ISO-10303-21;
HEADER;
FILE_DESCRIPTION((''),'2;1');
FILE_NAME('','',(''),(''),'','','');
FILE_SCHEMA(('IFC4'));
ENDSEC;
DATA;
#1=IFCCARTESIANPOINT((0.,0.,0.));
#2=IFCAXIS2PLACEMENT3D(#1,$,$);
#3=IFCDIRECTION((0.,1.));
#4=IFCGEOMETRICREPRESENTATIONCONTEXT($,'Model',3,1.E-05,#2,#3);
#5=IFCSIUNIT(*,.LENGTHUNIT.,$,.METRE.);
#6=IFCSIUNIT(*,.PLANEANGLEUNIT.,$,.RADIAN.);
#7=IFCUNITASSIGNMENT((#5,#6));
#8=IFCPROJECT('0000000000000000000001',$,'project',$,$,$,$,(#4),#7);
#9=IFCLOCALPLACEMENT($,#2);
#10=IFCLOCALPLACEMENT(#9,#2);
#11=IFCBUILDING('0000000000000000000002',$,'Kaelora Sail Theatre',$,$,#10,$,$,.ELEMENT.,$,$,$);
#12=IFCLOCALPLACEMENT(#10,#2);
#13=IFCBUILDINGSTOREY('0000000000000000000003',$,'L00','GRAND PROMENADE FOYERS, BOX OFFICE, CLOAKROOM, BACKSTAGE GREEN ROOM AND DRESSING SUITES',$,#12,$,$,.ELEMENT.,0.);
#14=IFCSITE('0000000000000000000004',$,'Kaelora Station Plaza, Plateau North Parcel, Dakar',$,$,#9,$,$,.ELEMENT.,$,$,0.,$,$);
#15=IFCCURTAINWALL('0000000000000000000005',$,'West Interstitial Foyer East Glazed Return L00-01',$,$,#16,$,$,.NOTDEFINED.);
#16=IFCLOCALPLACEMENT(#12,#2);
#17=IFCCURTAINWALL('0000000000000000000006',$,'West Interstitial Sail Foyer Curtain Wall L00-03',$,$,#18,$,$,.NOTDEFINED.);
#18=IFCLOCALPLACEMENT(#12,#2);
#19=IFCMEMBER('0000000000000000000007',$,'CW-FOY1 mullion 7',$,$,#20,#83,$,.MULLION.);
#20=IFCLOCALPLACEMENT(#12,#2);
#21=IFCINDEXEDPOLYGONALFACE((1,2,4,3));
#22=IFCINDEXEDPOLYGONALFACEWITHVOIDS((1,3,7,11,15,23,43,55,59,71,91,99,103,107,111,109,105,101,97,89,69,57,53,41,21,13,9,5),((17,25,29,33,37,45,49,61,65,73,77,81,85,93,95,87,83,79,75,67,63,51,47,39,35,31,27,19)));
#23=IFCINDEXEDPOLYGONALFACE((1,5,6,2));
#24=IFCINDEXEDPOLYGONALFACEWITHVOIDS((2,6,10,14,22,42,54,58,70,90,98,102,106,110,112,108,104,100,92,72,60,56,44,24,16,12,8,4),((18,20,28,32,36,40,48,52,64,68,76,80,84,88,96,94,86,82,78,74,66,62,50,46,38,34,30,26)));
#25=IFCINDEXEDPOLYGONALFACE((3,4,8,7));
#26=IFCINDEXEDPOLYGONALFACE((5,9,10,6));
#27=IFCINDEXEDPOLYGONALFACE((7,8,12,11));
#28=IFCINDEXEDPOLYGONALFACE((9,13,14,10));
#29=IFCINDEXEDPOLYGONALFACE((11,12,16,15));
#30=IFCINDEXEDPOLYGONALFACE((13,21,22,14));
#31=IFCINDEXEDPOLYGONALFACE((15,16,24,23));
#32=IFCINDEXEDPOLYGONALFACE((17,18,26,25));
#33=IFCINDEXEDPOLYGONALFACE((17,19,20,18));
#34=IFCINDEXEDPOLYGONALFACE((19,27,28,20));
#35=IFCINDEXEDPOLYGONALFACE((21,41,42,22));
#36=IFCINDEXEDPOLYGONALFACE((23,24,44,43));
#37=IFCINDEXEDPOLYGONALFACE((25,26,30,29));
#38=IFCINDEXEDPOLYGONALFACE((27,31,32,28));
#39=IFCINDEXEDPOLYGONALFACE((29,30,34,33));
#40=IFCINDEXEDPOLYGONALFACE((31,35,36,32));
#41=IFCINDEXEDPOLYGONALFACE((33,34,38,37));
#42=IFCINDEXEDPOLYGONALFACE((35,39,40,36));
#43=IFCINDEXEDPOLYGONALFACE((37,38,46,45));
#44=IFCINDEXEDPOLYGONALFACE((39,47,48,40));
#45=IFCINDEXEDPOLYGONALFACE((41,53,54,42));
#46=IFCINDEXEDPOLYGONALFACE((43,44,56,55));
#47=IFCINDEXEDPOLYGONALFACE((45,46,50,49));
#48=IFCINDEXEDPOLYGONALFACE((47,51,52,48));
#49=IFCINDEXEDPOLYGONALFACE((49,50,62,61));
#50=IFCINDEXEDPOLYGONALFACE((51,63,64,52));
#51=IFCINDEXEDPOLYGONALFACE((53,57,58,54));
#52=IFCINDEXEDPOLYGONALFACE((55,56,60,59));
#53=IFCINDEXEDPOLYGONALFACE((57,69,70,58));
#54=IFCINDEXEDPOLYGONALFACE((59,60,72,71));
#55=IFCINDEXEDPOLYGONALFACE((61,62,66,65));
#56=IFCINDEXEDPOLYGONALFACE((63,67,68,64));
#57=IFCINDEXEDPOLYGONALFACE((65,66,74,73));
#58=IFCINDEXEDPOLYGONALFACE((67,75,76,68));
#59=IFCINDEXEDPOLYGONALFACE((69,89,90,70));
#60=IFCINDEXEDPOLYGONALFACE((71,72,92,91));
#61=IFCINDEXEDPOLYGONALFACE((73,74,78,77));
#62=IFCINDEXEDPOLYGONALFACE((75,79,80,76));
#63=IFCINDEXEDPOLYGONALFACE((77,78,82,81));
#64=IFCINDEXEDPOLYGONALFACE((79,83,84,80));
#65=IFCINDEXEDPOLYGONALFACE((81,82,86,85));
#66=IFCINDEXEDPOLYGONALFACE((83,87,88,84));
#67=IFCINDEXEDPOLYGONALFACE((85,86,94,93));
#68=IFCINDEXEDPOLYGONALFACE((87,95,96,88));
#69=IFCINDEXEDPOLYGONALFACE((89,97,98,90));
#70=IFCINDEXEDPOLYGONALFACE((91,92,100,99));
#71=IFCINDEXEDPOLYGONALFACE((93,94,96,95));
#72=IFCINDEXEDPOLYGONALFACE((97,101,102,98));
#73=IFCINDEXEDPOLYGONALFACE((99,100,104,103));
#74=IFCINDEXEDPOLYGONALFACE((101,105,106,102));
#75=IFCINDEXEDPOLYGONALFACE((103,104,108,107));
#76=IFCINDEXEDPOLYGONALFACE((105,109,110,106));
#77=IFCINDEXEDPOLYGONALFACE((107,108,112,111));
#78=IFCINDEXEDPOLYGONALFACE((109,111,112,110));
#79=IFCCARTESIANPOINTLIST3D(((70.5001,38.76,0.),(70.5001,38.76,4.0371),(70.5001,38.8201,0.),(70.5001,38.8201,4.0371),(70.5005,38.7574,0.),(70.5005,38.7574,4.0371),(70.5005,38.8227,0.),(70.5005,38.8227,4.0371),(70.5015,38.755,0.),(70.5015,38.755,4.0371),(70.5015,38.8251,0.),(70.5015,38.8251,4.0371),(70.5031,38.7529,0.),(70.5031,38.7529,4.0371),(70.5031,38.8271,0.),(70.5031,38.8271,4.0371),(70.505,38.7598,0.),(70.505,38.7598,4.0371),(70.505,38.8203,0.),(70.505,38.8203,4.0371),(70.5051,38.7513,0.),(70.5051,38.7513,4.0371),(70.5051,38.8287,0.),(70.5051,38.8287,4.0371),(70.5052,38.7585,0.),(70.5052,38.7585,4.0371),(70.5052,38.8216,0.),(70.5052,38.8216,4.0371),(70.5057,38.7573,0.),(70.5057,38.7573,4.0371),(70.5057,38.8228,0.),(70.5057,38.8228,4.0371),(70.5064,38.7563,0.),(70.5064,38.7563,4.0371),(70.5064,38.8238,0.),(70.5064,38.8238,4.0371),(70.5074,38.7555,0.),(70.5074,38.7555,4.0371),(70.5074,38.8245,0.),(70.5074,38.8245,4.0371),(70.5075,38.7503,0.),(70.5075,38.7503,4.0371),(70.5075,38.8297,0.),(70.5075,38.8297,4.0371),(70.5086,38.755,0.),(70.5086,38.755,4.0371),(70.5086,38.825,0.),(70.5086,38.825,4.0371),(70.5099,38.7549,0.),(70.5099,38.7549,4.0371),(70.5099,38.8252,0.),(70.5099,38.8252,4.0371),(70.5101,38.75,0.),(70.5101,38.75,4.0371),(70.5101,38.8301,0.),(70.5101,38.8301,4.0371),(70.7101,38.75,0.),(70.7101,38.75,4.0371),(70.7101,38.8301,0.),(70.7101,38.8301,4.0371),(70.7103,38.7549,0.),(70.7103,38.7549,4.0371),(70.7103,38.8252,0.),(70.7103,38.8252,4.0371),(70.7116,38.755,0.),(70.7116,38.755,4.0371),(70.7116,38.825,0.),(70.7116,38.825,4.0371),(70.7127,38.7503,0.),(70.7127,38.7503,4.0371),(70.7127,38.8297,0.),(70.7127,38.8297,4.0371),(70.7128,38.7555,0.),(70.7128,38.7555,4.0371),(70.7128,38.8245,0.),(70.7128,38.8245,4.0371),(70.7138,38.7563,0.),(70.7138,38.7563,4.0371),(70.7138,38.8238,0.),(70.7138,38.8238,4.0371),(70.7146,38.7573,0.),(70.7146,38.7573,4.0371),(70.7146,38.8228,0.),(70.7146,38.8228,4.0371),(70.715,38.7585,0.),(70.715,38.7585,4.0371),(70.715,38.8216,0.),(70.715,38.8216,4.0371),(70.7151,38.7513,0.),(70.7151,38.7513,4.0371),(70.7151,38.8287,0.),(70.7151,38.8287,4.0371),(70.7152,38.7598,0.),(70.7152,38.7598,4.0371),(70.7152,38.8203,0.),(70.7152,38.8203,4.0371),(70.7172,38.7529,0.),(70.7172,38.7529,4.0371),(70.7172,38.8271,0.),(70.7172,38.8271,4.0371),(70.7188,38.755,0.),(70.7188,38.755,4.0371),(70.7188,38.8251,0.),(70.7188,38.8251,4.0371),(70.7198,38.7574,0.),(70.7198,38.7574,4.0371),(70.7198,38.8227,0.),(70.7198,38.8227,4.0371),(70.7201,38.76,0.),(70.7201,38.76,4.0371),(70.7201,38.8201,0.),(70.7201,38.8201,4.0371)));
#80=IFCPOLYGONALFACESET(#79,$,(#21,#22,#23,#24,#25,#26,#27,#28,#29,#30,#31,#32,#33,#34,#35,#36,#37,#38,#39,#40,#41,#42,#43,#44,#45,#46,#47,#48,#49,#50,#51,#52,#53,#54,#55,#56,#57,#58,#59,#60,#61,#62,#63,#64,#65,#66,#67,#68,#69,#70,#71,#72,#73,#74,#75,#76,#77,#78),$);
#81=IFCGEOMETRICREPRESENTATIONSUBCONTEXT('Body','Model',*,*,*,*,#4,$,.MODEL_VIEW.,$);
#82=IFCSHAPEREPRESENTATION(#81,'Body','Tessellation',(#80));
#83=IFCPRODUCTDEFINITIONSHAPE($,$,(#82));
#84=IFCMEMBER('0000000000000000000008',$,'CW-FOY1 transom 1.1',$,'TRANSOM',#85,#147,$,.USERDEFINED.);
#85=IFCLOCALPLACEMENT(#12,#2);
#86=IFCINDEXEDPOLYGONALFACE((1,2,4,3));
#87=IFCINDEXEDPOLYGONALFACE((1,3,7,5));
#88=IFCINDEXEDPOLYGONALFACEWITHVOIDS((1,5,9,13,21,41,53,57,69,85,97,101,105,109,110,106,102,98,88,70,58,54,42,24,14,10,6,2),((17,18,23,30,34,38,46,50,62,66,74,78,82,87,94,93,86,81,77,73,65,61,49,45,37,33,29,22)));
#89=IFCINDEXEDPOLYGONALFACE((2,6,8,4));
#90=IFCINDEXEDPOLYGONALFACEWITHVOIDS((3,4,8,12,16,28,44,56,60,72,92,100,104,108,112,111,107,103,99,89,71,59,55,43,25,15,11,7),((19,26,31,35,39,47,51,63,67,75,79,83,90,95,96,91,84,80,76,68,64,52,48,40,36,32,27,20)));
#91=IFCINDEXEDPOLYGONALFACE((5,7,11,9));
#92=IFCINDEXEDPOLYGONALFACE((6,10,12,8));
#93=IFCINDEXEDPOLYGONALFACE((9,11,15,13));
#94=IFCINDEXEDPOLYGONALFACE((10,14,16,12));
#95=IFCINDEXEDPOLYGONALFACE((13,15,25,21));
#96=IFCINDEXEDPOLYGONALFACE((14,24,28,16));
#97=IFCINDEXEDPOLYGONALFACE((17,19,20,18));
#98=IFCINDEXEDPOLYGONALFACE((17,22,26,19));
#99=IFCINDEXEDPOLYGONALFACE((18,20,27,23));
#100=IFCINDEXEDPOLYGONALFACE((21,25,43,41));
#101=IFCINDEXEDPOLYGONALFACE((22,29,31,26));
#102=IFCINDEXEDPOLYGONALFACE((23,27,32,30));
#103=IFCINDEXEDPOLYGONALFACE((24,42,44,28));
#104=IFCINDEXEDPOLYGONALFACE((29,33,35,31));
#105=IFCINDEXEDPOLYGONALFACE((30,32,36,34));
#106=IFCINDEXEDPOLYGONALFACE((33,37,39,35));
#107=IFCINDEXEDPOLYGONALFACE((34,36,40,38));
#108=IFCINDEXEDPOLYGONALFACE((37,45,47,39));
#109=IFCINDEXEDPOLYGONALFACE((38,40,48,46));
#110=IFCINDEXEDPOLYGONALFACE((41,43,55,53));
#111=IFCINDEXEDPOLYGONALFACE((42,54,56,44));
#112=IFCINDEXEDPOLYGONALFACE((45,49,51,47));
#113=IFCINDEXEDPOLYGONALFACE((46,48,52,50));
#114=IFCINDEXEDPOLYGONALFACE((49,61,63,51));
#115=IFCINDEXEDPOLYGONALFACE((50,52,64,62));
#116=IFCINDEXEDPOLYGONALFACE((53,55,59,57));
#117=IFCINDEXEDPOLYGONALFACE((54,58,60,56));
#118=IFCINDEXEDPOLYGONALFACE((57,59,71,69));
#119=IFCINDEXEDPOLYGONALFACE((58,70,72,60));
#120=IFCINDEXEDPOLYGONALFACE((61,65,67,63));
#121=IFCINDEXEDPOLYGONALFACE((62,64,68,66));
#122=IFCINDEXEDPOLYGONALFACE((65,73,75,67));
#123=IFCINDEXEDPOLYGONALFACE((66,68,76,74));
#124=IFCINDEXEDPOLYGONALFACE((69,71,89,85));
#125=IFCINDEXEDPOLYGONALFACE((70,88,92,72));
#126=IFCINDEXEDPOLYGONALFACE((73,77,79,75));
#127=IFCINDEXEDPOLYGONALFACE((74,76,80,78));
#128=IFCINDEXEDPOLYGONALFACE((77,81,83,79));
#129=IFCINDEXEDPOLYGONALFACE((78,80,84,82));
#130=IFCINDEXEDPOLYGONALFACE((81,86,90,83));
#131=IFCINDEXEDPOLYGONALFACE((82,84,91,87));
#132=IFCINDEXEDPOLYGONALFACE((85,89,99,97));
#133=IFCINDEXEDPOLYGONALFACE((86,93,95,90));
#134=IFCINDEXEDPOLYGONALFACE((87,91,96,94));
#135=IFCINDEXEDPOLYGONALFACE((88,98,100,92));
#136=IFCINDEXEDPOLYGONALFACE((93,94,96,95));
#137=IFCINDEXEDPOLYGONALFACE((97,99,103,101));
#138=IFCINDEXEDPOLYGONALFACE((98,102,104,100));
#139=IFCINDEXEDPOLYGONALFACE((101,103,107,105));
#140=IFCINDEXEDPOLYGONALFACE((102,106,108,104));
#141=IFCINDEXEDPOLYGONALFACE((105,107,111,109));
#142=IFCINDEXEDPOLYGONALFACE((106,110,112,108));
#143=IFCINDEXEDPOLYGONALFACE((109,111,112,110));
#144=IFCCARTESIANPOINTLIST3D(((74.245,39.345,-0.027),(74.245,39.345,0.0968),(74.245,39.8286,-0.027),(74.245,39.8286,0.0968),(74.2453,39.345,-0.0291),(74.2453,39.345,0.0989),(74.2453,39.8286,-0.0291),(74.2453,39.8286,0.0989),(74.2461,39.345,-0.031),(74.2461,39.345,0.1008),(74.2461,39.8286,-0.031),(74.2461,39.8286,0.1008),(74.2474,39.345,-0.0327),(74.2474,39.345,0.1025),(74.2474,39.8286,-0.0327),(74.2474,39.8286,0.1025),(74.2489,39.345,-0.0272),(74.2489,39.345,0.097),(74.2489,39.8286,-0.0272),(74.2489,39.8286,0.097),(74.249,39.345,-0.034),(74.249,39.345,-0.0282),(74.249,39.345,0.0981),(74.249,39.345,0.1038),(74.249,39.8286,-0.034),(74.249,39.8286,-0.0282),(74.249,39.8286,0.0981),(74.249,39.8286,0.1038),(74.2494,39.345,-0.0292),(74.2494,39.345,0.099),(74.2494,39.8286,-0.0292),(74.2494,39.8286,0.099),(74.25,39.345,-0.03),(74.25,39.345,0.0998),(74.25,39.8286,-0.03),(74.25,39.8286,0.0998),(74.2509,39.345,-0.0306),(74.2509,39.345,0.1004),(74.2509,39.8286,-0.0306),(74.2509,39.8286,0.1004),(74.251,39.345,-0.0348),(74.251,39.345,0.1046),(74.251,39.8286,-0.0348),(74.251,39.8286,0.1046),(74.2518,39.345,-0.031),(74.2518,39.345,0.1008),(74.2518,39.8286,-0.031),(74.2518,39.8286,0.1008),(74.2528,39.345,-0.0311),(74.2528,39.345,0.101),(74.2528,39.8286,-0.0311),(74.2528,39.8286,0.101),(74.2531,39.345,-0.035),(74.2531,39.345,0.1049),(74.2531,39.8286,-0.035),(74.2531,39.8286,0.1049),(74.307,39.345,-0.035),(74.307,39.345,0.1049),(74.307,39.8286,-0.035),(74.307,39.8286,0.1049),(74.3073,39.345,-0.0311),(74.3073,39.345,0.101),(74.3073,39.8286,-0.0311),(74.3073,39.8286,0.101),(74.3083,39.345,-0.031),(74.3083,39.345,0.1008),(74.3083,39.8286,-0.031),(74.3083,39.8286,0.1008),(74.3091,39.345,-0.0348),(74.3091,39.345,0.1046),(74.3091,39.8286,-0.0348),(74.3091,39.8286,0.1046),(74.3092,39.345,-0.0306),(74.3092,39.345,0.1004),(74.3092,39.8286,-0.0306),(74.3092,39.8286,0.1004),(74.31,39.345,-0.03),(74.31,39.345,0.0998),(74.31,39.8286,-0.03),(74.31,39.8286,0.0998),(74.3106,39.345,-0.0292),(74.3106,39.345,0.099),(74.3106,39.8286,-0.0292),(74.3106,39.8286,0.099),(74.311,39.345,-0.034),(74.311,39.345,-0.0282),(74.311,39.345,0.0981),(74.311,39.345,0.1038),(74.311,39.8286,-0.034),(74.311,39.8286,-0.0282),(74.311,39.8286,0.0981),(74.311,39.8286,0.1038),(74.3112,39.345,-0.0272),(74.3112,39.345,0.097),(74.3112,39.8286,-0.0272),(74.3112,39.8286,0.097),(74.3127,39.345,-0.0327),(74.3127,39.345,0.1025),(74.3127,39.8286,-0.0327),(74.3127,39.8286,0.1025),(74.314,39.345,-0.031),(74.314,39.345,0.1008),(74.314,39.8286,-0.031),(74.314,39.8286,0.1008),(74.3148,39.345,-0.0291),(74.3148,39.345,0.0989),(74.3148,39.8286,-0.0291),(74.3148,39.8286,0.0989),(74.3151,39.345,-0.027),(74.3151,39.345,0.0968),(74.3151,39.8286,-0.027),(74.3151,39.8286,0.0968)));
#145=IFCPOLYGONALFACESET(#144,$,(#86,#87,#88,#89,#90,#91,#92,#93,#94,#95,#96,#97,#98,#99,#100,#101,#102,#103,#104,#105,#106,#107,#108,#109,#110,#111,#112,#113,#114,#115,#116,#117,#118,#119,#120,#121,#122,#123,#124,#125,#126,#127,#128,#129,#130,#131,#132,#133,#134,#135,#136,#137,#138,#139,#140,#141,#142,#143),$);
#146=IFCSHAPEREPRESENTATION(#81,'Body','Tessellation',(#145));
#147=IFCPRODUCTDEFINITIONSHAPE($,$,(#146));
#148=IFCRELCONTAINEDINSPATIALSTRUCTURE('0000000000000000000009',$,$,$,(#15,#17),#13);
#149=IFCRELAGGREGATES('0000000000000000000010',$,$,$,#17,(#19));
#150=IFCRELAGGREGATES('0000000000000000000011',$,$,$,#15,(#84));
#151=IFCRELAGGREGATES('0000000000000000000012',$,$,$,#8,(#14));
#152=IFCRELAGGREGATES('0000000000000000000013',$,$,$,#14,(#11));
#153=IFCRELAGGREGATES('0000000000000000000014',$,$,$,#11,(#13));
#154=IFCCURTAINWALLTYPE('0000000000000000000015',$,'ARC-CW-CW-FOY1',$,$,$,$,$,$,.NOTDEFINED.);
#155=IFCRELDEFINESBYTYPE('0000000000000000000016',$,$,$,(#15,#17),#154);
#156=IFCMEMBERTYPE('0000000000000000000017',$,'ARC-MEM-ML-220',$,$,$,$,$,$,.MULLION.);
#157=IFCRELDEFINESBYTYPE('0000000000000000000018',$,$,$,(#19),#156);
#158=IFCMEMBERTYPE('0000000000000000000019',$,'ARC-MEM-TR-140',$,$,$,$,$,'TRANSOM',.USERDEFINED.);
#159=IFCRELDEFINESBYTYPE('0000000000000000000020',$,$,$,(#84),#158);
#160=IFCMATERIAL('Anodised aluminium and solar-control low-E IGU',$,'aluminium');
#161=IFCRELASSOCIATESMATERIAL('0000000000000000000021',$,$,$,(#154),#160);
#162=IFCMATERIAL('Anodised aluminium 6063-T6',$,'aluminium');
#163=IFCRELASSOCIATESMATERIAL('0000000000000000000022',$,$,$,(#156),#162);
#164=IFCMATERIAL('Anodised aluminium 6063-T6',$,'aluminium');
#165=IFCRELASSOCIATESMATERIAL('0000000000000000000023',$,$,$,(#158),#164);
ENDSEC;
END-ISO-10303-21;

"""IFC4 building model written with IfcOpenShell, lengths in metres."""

from ifc_helpers import new_model, si_unit, direction, frame, origin, origin_2d, place, context, subcontext, project, spatial, hollow_rectangle, extrude, material, material_profile, profile_set, type_object, element, aggregate, save


model = new_model("IFC4")

# Units and contexts
model_context = context("Model", 3, precision=1e-05, world=origin(), true_north=direction((0.0, 1.0)))
body_context = subcontext(model_context, "Body", "Model", "MODEL_VIEW")
ifc_project = project(units=[si_unit("LENGTHUNIT", "METRE"), si_unit("PLANEANGLEUNIT", "RADIAN")], contexts=[model_context])

# Site, building, storey
site_placement = place(None, origin())
site = spatial("IfcSite", under=ifc_project, at=site_placement, Name="Kaelora Station Plaza, Plateau North Parcel, Dakar", CompositionType="ELEMENT", RefElevation=0.0)
building_placement = place(site_placement, origin())
building = spatial("IfcBuilding", under=site, at=building_placement, Name="Kaelora Sail Theatre", CompositionType="ELEMENT")
storey_placement = place(building_placement, origin())
storey = spatial("IfcBuildingStorey", under=building, at=storey_placement, Name="L00", Description="GRAND PROMENADE FOYERS, BOX OFFICE, CLOAKROOM, BACKSTAGE GREEN ROOM AND DRESSING SUITES", CompositionType="ELEMENT", Elevation=0.0)

# Curtain wall
ifc_material_1 = material(Name="Anodised aluminium and solar-control low-E IGU", Category="aluminium")
curtain_wall_type = type_object("IfcCurtainWallType", Name="ARC-CW-CW-FOY1", PredefinedType="NOTDEFINED", material=ifc_material_1)
curtain_wall_1_placement = place(storey_placement, origin())
curtain_wall_1 = element("IfcCurtainWall", 1, at=curtain_wall_1_placement, inside=storey, type_object=curtain_wall_type, Name="West Interstitial Foyer East Glazed Return L00-01", PredefinedType="NOTDEFINED")

# Curtain wall, member
curtain_wall_2_placement = place(storey_placement, origin())
curtain_wall_2 = element("IfcCurtainWall", 2, at=curtain_wall_2_placement, inside=storey, type_object=curtain_wall_type, Name="West Interstitial Sail Foyer Curtain Wall L00-03", PredefinedType="NOTDEFINED")
ifc_material_2 = material(Name="Anodised aluminium 6063-T6", Category="aluminium")
ifc_material_profile_1 = material_profile(ifc_material_2, hollow_rectangle(XDim=0.0801, YDim=0.22, WallThickness=0.0049, InnerFilletRadius=0.0049, OuterFilletRadius=0.01, at=origin_2d()), Name="ALU-MULL 80x220x5")
ifc_profile_set_1 = profile_set([ifc_material_profile_1], Name="Anodised aluminium 6063-T6")
member_type_1 = type_object("IfcMemberType", Name="ARC-MEM-ML-220", PredefinedType="MULLION", material=ifc_profile_set_1)
member_1_placement = place(storey_placement, frame((70.6101, 38.79, 0.0), z_axis=(0.0, 0.0, 1.0), x_axis=(0.0, 1.0, 0.0)))
member_1 = element("IfcMember", 3, at=member_1_placement, type_object=member_type_1, Name="CW-FOY1 mullion 7", PredefinedType="MULLION", context=body_context, shape_type="SweptSolid", body=[
    extrude(hollow_rectangle(XDim=0.0801, YDim=0.22, WallThickness=0.0049, InnerFilletRadius=0.0049, OuterFilletRadius=0.01, at=origin_2d()), origin(), (0.0, 0.0, 1.0), 4.0371),
])

# Member
ifc_material_3 = material(Name="Anodised aluminium 6063-T6", Category="aluminium")
ifc_material_profile_2 = material_profile(ifc_material_3, hollow_rectangle(XDim=0.0701, YDim=0.1399, WallThickness=0.0039, InnerFilletRadius=0.0039, OuterFilletRadius=0.0081, at=origin_2d()), Name="ALU-TRAN 70x140x4")
ifc_profile_set_2 = profile_set([ifc_material_profile_2], Name="Anodised aluminium 6063-T6")
member_type_2 = type_object("IfcMemberType", Name="ARC-MEM-TR-140", ElementType="TRANSOM", PredefinedType="USERDEFINED", material=ifc_profile_set_2)
member_2_placement = place(storey_placement, frame((74.28, 39.345, 0.0349), z_axis=(0.0, 1.0, 0.0), x_axis=(-1.0, 0.0, 0.0)))
member_2 = element("IfcMember", 4, at=member_2_placement, type_object=member_type_2, Name="CW-FOY1 transom 1.1", ObjectType="TRANSOM", PredefinedType="USERDEFINED", context=body_context, shape_type="SweptSolid", body=[
    extrude(hollow_rectangle(XDim=0.0701, YDim=0.1399, WallThickness=0.0039, InnerFilletRadius=0.0039, OuterFilletRadius=0.0081, at=origin_2d()), origin(), (0.0, 0.0, 1.0), 0.4836),
])

aggregate(curtain_wall_2, [member_1])
aggregate(curtain_wall_1, [member_2])

save(model, "model.ifc")
